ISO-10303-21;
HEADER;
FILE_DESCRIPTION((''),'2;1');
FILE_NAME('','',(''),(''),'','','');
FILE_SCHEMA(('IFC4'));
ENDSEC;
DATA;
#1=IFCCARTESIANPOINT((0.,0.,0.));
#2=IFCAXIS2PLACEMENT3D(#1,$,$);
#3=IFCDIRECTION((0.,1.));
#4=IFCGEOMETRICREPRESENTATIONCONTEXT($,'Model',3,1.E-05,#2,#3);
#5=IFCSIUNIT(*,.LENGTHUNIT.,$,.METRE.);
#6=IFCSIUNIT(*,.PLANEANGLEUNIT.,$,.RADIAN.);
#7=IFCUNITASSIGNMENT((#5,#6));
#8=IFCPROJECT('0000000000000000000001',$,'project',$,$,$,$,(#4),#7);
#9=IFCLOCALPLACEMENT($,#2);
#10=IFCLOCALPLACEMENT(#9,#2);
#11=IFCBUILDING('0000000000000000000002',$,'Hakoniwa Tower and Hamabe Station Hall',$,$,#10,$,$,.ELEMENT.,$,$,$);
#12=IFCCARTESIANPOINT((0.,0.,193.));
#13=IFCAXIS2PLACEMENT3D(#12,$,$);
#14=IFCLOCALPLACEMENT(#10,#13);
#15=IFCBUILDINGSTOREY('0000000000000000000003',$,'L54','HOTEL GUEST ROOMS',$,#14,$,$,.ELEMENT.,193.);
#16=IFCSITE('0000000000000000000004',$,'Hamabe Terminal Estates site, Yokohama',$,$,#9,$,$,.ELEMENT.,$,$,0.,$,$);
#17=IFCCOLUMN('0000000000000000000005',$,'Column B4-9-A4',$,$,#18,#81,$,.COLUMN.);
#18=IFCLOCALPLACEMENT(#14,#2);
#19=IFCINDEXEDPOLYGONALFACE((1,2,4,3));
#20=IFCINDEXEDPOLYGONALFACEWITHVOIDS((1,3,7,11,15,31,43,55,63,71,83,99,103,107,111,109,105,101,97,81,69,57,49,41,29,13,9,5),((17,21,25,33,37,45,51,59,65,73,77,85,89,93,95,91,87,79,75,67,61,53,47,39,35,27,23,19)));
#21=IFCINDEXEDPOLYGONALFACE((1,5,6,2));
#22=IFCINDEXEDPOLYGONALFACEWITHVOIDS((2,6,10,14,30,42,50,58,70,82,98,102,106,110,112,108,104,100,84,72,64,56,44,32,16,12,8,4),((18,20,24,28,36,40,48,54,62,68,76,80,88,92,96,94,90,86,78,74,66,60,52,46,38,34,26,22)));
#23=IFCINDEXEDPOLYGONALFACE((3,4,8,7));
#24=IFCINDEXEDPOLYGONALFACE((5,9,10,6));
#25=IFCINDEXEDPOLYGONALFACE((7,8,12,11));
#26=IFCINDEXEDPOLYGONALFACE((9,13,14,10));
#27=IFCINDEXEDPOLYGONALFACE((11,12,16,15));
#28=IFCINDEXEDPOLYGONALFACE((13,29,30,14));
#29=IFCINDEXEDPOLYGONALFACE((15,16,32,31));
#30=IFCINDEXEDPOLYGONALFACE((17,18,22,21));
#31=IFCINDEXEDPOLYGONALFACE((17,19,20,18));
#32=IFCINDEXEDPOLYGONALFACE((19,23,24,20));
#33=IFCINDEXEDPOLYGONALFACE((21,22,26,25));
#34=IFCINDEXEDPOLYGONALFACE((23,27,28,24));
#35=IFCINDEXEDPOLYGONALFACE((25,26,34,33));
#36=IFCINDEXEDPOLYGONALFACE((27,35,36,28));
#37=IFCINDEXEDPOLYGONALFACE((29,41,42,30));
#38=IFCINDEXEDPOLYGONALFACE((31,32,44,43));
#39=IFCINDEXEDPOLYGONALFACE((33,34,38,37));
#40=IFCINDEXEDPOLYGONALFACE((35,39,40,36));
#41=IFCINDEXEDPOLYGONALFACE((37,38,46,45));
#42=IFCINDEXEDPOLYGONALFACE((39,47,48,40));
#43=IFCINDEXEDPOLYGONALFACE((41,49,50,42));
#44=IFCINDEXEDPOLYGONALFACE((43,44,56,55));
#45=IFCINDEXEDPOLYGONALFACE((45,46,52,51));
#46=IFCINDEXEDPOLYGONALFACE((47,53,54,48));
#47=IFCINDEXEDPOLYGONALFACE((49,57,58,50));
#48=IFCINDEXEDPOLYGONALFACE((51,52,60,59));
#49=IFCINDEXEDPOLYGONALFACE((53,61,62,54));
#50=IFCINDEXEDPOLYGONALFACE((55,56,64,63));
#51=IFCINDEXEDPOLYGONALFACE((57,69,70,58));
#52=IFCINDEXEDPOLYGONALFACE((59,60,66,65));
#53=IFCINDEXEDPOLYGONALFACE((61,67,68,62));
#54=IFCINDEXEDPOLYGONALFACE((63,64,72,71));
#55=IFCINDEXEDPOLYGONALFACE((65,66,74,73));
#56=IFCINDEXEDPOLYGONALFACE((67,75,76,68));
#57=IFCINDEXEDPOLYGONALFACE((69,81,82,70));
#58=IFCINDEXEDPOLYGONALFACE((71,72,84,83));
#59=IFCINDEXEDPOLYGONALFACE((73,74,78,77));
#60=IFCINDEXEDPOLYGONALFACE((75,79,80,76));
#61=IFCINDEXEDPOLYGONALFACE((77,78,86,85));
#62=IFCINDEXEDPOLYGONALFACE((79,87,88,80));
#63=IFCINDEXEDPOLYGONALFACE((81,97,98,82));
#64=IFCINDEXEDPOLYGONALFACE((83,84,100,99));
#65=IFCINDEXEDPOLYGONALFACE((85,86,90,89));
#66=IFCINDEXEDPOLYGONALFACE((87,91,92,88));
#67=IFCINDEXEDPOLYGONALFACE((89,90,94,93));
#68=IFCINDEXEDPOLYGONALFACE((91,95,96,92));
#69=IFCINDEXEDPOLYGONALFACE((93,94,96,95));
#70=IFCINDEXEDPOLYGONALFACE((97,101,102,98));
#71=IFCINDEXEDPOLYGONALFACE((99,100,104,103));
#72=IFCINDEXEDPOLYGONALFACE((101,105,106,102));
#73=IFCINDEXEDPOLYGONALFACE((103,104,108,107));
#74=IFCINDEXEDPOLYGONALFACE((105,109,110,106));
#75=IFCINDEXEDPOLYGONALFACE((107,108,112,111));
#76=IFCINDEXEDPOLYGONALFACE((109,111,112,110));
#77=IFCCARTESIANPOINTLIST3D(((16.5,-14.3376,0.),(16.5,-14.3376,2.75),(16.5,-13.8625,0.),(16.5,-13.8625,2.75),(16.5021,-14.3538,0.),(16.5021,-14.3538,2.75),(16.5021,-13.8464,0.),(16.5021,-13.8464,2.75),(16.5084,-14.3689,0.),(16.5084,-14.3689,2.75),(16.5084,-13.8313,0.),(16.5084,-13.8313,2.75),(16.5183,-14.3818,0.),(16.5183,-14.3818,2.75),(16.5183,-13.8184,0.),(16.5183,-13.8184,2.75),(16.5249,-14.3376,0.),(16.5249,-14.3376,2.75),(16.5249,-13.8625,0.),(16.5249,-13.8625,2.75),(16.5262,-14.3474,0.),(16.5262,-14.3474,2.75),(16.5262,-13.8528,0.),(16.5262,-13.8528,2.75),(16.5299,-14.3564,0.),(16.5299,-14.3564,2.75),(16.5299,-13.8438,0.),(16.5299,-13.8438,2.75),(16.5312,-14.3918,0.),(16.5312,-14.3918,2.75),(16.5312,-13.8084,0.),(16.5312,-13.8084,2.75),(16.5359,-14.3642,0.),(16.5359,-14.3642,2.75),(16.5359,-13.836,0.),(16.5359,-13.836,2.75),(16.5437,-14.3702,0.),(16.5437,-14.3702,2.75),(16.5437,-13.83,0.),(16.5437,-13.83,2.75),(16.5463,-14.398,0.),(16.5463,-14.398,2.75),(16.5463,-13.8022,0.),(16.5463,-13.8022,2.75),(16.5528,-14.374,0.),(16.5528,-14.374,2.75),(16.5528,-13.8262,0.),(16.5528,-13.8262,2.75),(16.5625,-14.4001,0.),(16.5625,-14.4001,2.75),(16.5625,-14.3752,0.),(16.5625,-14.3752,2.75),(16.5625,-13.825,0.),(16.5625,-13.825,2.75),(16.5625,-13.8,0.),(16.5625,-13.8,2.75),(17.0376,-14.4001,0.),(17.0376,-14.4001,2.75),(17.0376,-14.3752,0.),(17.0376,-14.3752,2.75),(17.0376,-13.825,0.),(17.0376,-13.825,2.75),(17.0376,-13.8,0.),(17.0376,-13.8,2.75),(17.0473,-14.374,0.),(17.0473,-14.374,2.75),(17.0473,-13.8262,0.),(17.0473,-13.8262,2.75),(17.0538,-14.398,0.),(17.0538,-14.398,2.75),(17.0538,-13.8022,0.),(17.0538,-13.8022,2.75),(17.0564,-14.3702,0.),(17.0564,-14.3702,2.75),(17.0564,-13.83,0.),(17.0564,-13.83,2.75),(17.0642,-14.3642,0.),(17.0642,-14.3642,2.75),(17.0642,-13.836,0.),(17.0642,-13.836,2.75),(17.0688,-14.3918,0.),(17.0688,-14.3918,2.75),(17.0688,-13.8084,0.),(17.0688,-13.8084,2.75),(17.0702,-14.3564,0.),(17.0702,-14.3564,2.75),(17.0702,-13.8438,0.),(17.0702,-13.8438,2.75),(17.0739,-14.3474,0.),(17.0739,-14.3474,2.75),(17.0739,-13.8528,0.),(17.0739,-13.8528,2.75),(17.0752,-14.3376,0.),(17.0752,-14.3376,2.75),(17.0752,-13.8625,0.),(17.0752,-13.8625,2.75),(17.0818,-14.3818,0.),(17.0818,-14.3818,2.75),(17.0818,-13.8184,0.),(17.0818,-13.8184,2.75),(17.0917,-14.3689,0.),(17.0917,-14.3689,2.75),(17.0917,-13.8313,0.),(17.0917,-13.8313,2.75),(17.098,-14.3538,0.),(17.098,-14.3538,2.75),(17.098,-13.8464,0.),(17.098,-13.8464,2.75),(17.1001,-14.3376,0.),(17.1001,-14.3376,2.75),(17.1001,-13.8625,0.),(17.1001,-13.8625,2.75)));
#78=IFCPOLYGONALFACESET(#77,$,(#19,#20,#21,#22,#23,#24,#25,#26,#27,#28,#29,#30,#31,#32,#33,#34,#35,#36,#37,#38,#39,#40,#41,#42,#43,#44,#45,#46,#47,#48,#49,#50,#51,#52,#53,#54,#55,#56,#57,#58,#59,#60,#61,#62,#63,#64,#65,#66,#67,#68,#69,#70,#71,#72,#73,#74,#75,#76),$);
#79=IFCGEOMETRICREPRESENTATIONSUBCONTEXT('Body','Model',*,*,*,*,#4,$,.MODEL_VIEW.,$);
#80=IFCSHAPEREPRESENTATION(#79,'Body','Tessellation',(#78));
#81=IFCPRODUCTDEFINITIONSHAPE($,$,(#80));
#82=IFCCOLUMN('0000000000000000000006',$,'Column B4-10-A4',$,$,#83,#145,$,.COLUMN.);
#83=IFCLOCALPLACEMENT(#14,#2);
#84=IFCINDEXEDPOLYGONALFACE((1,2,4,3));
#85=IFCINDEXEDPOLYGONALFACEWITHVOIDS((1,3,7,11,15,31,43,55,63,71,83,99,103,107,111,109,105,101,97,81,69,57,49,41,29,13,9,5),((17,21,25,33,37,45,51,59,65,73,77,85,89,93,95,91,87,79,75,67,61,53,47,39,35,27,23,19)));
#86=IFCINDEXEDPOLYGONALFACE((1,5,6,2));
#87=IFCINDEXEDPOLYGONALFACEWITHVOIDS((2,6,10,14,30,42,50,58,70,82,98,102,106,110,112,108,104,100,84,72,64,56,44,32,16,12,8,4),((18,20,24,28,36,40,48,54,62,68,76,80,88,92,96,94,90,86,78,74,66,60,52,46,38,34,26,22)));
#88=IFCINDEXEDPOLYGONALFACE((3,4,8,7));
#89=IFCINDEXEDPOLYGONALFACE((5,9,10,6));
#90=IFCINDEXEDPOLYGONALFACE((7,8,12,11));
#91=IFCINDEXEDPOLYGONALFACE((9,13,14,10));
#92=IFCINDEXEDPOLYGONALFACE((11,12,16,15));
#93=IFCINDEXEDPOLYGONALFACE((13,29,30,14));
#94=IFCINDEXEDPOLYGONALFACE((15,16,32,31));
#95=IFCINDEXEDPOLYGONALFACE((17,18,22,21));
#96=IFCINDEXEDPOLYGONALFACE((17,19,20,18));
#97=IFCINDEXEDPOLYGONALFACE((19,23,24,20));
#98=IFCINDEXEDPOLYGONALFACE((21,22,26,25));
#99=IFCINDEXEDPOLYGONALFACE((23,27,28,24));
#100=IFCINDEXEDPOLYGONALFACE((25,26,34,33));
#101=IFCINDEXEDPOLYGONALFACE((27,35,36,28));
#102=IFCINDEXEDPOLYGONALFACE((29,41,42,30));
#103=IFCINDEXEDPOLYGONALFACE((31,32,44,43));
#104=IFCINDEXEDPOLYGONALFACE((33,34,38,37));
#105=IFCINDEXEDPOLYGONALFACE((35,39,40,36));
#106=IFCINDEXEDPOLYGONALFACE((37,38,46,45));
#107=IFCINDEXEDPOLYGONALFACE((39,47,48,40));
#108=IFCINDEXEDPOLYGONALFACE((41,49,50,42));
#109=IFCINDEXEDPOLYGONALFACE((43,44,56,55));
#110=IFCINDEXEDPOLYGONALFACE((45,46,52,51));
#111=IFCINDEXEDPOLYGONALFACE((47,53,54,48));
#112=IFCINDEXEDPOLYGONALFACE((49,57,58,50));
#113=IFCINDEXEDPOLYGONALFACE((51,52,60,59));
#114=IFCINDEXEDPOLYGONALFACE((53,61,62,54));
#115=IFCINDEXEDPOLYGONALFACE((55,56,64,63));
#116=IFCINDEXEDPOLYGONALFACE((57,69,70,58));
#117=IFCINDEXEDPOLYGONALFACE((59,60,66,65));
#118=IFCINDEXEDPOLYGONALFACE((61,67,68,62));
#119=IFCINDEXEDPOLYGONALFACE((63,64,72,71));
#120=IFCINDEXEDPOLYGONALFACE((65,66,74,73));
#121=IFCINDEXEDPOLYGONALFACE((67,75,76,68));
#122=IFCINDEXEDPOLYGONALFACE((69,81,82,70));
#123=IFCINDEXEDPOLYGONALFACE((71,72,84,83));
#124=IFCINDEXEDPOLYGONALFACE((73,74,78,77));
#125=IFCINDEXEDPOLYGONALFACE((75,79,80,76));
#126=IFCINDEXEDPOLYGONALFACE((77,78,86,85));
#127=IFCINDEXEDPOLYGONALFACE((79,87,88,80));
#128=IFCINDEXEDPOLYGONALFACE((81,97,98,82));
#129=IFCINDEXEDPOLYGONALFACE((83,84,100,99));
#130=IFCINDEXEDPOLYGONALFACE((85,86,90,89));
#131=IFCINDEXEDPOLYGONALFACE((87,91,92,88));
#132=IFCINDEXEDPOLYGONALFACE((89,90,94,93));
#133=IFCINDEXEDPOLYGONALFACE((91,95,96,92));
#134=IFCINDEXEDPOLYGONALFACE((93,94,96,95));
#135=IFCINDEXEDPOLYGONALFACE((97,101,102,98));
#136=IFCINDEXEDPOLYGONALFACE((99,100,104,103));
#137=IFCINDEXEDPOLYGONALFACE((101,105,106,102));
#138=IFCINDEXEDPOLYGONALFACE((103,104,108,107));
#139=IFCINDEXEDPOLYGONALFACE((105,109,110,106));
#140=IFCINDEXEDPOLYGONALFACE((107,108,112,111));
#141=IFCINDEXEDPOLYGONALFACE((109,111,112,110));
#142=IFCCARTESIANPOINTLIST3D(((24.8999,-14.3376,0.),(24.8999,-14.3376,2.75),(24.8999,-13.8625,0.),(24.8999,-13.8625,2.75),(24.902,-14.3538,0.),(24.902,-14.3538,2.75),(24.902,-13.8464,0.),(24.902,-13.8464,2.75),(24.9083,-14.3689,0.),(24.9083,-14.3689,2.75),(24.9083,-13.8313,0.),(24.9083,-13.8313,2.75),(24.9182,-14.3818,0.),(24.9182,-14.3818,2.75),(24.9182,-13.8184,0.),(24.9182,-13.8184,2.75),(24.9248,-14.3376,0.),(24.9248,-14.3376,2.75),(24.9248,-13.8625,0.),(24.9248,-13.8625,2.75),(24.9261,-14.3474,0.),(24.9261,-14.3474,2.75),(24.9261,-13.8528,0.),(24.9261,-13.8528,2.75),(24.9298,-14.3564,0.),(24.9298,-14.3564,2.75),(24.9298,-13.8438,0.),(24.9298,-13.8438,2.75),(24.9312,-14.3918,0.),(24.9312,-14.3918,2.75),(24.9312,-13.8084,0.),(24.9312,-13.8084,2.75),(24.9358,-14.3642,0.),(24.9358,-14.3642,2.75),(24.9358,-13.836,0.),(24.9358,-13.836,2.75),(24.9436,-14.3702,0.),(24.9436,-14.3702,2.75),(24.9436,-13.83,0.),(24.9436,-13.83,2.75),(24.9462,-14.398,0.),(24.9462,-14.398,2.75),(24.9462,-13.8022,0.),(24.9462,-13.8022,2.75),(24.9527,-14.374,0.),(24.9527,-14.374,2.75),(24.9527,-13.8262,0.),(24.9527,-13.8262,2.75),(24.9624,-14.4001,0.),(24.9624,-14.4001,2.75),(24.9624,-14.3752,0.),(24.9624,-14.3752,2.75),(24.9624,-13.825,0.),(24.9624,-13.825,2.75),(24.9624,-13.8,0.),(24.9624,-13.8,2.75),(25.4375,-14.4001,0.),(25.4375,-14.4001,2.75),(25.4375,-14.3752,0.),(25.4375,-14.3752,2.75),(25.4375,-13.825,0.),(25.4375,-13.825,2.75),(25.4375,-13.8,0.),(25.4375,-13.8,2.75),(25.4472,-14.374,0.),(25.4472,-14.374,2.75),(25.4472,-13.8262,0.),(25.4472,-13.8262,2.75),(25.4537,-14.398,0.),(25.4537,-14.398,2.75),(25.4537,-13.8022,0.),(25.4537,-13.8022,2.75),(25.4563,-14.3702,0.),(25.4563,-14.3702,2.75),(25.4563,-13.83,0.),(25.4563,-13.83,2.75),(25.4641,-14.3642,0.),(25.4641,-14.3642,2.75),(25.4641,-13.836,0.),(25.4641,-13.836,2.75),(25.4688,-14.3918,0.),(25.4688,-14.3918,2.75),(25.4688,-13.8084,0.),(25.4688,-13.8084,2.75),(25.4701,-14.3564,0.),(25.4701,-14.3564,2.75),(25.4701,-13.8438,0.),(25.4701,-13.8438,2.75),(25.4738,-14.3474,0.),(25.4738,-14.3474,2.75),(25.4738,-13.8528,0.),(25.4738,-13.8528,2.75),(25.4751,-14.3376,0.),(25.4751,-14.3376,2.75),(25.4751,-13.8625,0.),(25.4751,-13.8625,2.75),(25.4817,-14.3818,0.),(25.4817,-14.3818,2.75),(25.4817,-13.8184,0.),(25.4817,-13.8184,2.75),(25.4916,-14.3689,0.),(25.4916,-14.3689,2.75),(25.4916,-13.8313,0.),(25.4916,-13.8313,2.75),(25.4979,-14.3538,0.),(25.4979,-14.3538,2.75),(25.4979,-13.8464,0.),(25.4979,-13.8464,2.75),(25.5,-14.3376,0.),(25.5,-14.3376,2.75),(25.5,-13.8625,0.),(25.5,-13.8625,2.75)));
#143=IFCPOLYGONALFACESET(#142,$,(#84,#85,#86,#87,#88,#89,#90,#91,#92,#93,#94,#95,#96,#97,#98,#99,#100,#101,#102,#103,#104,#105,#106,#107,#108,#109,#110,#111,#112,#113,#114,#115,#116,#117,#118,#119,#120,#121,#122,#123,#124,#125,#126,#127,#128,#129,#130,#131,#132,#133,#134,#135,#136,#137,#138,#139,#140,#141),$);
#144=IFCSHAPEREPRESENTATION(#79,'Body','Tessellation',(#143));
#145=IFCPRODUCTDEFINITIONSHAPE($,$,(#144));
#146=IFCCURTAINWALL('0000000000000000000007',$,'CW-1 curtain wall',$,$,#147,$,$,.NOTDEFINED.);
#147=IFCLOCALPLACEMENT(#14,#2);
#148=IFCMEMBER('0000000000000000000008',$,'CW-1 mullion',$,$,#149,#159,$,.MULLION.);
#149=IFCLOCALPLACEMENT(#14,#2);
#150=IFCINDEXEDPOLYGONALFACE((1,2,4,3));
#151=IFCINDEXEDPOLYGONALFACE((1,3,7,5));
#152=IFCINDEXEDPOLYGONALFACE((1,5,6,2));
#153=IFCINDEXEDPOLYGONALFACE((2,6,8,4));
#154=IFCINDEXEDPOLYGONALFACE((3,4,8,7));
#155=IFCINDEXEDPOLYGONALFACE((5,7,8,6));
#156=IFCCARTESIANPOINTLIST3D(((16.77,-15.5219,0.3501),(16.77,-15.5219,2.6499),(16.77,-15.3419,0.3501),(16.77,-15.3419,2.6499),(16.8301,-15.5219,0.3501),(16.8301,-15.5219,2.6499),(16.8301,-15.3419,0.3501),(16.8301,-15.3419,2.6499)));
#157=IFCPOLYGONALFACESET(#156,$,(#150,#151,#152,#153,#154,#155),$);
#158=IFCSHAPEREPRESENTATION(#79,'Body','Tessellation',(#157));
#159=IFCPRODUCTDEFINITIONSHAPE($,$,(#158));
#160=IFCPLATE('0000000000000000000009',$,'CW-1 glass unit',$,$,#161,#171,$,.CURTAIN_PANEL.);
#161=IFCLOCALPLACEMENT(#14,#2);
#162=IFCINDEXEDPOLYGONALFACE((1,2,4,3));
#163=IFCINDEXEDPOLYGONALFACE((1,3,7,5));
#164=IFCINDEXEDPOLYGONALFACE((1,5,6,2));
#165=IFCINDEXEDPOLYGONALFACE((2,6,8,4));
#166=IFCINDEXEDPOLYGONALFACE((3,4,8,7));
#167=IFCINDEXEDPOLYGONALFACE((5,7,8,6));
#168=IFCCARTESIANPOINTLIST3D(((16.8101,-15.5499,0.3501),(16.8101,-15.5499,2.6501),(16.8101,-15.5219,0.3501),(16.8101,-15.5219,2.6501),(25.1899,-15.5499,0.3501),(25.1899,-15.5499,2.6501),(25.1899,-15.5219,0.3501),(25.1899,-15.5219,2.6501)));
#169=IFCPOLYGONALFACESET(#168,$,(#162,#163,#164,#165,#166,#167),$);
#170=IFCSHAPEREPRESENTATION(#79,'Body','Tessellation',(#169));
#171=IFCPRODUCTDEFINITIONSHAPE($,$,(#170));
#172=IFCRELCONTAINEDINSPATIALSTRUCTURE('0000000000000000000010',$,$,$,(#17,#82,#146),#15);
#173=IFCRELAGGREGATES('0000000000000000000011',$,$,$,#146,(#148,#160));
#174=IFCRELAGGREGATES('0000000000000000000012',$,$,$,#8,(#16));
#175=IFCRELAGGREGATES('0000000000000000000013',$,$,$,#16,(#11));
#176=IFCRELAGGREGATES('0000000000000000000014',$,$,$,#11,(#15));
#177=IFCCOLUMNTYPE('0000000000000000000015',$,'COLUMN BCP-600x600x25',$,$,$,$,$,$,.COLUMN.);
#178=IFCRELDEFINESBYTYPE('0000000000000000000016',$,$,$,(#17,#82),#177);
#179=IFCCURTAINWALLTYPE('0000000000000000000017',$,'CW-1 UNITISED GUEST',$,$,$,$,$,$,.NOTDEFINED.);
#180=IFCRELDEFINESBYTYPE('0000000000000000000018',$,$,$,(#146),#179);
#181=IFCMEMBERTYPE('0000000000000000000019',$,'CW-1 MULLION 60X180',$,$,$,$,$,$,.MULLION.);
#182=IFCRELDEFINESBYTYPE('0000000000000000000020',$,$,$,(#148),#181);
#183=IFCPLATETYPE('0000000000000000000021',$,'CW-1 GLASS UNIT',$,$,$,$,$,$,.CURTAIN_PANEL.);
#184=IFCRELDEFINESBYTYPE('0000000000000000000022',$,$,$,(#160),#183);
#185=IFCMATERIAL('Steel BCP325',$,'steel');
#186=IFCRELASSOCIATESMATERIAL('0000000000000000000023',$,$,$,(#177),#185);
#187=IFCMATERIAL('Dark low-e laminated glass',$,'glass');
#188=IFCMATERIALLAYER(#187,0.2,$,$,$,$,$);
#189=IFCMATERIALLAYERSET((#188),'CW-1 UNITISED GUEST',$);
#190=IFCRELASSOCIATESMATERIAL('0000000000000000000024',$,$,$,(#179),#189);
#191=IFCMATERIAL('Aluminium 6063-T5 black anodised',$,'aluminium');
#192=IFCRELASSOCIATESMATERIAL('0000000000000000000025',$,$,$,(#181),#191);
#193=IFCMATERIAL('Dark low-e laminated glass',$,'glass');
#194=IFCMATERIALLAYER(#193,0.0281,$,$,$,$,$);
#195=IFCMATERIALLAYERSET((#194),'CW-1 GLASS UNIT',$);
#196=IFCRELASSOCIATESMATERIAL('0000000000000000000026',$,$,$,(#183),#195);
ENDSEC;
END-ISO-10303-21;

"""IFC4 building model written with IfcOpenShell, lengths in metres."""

from ifc_helpers import new_model, si_unit, direction, frame, origin, origin_2d, place, context, subcontext, project, spatial, rectangle, hollow_rectangle, extrude, material, layer, layer_set, material_profile, profile_set, type_object, element, aggregate, save


model = new_model("IFC4")

# Units and contexts
model_context = context("Model", 3, precision=1e-05, world=origin(), true_north=direction((0.0, 1.0)))
body_context = subcontext(model_context, "Body", "Model", "MODEL_VIEW")
ifc_project = project(units=[si_unit("LENGTHUNIT", "METRE"), si_unit("PLANEANGLEUNIT", "RADIAN")], contexts=[model_context])

# Site, building, storey
site_placement = place(None, origin())
site = spatial("IfcSite", under=ifc_project, at=site_placement, Name="Hamabe Terminal Estates site, Yokohama", CompositionType="ELEMENT", RefElevation=0.0)
building_placement = place(site_placement, origin())
building = spatial("IfcBuilding", under=site, at=building_placement, Name="Hakoniwa Tower and Hamabe Station Hall", CompositionType="ELEMENT")
storey_placement = place(building_placement, frame((0.0, 0.0, 193.0)))
storey = spatial("IfcBuildingStorey", under=building, at=storey_placement, Name="L54", Description="HOTEL GUEST ROOMS", CompositionType="ELEMENT", Elevation=193.0)

# Columns
ifc_material_1 = material(Name="Steel BCP325", Category="steel")
ifc_material_profile_1 = material_profile(ifc_material_1, hollow_rectangle(XDim=0.6001, YDim=0.6001, WallThickness=0.0249, InnerFilletRadius=0.0376, OuterFilletRadius=0.0625, at=origin_2d()), Name="BCP-600x600x25")
ifc_profile_set_1 = profile_set([ifc_material_profile_1], Name="Steel BCP325")
column_type = type_object("IfcColumnType", Name="COLUMN BCP-600x600x25", PredefinedType="COLUMN", material=ifc_profile_set_1)
for number, where, z_axis, x_axis, name in (
    (1, (16.8, -14.1001, 0.0), (0.0, 0.0, 1.0), (1.0, 0.0, 0.0), "Column B4-9-A4"),
    (2, (25.2, -14.1001, 0.0), (0.0, 0.0, 1.0), (1.0, 0.0, 0.0), "Column B4-10-A4"),
):
    element("IfcColumn", number, at=place(storey_placement, frame(where, z_axis=z_axis, x_axis=x_axis)), inside=storey, type_object=column_type, Name=name, PredefinedType="COLUMN", context=body_context, shape_type="SweptSolid", body=[
        extrude(hollow_rectangle(XDim=0.6001, YDim=0.6001, WallThickness=0.0249, InnerFilletRadius=0.0376, OuterFilletRadius=0.0625, at=origin_2d()), origin(), (0.0, 0.0, 1.0), 2.75),
    ])

# Curtain wall, member, plate
ifc_material_2 = material(Name="Dark low-e laminated glass", Category="glass")
ifc_layer_1 = layer(ifc_material_2, 0.2)
ifc_layer_set_1 = layer_set([ifc_layer_1], Name="CW-1 UNITISED GUEST")
curtain_wall_type = type_object("IfcCurtainWallType", Name="CW-1 UNITISED GUEST", PredefinedType="NOTDEFINED", material=ifc_layer_set_1)
curtain_wall_placement = place(storey_placement, origin())
curtain_wall = element("IfcCurtainWall", 3, at=curtain_wall_placement, inside=storey, type_object=curtain_wall_type, Name="CW-1 curtain wall", PredefinedType="NOTDEFINED")
ifc_material_3 = material(Name="Aluminium 6063-T5 black anodised", Category="aluminium")
ifc_material_profile_2 = material_profile(ifc_material_3, rectangle(XDim=0.0601, YDim=0.1799, at=origin_2d()), Name="CW-1 MULLION 60X180")
ifc_profile_set_2 = profile_set([ifc_material_profile_2], Name="Aluminium 6063-T5 black anodised")
member_type = type_object("IfcMemberType", Name="CW-1 MULLION 60X180", PredefinedType="MULLION", material=ifc_profile_set_2)
member_placement = place(storey_placement, frame((16.8, -15.4319, 0.3501), z_axis=(0.0, 0.0, 1.0), x_axis=(1.0, 0.0, 0.0)))
member = element("IfcMember", 4, at=member_placement, type_object=member_type, Name="CW-1 mullion", PredefinedType="MULLION", context=body_context, shape_type="SweptSolid", body=[
    extrude(rectangle(XDim=0.0601, YDim=0.1799, at=origin_2d()), origin(), (0.0, 0.0, 1.0), 2.2998),
])
ifc_material_4 = material(Name="Dark low-e laminated glass", Category="glass")
ifc_layer_2 = layer(ifc_material_4, 0.0281)
ifc_layer_set_2 = layer_set([ifc_layer_2], Name="CW-1 GLASS UNIT")
plate_type = type_object("IfcPlateType", Name="CW-1 GLASS UNIT", PredefinedType="CURTAIN_PANEL", material=ifc_layer_set_2)
plate_placement = place(storey_placement, frame((21.0, -15.5359, 0.3501), z_axis=(0.0, 0.0, 1.0), x_axis=(1.0, 0.0, 0.0)))
plate = element("IfcPlate", 5, at=plate_placement, type_object=plate_type, Name="CW-1 glass unit", PredefinedType="CURTAIN_PANEL", context=body_context, shape_type="SweptSolid", body=[
    extrude(rectangle(XDim=8.3799, YDim=0.0281, at=origin_2d()), origin(), (0.0, 0.0, 1.0), 2.3),
])
aggregate(curtain_wall, [member, plate])

save(model, "model.ifc")
